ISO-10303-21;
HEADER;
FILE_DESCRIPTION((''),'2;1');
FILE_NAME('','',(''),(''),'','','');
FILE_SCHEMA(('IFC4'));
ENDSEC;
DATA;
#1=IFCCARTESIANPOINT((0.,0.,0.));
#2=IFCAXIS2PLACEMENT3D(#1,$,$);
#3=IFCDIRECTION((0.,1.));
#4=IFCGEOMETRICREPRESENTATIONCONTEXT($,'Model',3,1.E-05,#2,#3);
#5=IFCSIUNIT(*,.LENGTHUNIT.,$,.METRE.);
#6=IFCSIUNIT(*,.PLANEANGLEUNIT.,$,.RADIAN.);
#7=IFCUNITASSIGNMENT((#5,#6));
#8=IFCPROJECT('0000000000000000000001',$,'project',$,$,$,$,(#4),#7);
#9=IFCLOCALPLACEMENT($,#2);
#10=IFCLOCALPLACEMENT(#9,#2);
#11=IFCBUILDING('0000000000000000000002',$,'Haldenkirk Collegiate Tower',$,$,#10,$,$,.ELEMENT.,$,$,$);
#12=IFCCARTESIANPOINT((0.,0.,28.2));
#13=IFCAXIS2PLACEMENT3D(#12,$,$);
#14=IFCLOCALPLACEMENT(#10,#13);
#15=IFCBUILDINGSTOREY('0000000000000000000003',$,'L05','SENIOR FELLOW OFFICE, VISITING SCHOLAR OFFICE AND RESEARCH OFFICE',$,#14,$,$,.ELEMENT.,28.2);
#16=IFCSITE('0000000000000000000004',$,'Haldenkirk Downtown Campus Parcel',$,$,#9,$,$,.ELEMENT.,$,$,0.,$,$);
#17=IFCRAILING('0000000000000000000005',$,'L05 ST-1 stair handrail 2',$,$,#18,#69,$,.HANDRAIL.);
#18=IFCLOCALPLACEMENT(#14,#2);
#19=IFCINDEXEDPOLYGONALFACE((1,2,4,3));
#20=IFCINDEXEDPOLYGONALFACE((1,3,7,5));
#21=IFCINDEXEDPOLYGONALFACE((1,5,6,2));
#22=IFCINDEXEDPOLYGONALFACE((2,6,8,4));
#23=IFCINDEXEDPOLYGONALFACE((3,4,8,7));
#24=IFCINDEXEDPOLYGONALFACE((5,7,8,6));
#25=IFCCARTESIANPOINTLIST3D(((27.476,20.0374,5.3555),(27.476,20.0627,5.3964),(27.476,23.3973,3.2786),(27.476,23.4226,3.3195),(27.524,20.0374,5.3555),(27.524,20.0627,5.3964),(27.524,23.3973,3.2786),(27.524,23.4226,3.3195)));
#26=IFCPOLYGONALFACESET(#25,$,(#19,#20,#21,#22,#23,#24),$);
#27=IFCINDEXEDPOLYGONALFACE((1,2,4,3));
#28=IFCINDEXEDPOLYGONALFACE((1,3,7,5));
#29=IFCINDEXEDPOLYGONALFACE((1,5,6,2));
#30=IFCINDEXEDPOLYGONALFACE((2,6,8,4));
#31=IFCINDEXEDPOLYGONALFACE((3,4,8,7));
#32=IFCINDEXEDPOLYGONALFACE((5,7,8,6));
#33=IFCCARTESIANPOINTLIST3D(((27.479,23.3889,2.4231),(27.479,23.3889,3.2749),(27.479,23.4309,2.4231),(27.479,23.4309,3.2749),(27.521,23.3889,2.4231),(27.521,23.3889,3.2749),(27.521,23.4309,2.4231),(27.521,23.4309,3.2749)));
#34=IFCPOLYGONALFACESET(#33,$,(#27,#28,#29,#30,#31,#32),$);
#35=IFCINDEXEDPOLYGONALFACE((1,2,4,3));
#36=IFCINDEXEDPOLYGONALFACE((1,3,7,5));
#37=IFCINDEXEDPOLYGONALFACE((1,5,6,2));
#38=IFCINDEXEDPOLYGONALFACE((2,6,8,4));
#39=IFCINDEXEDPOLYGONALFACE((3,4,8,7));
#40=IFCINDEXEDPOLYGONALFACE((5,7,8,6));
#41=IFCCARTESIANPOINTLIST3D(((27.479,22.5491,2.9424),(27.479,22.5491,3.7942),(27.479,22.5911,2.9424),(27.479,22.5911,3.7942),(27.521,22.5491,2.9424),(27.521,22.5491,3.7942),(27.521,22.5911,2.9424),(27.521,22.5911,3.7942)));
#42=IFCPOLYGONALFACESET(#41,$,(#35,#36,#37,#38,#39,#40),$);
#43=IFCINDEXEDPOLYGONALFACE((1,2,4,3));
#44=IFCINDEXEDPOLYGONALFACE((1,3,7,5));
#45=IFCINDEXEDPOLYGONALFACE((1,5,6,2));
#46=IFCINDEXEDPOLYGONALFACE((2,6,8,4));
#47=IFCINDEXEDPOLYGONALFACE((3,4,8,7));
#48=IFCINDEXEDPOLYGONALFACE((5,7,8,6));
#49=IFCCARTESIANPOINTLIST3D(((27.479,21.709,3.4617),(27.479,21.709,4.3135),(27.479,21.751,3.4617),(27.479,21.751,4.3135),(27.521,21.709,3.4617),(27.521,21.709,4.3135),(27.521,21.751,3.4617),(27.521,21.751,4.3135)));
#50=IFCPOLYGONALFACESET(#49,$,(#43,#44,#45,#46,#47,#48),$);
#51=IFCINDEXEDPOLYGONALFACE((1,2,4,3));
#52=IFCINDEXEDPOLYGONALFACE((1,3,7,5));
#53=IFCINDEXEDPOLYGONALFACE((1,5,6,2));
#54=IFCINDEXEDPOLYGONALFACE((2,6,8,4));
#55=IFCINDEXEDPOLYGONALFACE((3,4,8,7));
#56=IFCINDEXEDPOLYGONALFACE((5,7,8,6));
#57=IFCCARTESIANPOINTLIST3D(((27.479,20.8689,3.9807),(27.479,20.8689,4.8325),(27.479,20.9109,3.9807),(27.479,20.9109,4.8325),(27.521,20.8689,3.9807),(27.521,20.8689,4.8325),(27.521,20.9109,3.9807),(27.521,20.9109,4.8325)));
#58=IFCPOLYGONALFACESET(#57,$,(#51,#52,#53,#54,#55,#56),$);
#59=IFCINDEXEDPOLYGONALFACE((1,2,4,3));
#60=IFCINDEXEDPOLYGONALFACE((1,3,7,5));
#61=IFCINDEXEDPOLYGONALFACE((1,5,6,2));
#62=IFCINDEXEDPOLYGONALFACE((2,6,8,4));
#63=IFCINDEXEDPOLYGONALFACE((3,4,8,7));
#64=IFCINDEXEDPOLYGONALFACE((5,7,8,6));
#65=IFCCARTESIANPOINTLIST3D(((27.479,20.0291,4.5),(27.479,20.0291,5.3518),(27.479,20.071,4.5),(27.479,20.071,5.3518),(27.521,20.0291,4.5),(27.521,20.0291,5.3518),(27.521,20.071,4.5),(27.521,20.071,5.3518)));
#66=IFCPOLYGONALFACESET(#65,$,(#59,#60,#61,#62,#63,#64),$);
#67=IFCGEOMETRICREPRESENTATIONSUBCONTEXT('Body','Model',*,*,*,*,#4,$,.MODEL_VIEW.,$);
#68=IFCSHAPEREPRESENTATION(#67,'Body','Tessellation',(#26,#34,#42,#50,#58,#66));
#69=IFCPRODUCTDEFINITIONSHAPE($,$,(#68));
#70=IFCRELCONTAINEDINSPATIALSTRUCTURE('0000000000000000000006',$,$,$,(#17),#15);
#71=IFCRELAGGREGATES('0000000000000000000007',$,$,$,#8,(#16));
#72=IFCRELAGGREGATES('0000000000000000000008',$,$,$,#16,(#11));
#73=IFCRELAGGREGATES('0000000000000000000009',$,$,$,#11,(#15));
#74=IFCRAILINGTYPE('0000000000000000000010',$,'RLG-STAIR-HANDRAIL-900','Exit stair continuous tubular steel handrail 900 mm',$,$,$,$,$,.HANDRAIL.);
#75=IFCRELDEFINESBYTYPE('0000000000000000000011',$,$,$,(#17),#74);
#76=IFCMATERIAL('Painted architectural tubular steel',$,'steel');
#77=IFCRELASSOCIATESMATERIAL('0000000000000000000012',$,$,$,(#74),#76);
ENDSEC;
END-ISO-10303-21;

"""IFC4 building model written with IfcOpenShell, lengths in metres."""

from ifc_helpers import new_model, si_unit, direction, frame, origin, origin_2d, place, context, subcontext, project, spatial, rectangle, extrude, material, type_object, element, save


model = new_model("IFC4")

# Units and contexts
model_context = context("Model", 3, precision=1e-05, world=origin(), true_north=direction((0.0, 1.0)))
body_context = subcontext(model_context, "Body", "Model", "MODEL_VIEW")
ifc_project = project(units=[si_unit("LENGTHUNIT", "METRE"), si_unit("PLANEANGLEUNIT", "RADIAN")], contexts=[model_context])

# Site, building, storey
site_placement = place(None, origin())
site = spatial("IfcSite", under=ifc_project, at=site_placement, Name="Haldenkirk Downtown Campus Parcel", CompositionType="ELEMENT", RefElevation=0.0)
building_placement = place(site_placement, origin())
building = spatial("IfcBuilding", under=site, at=building_placement, Name="Haldenkirk Collegiate Tower", CompositionType="ELEMENT")
storey_placement = place(building_placement, frame((0.0, 0.0, 28.2)))
storey = spatial("IfcBuildingStorey", under=building, at=storey_placement, Name="L05", Description="SENIOR FELLOW OFFICE, VISITING SCHOLAR OFFICE AND RESEARCH OFFICE", CompositionType="ELEMENT", Elevation=28.2)

# Railing
ifc_material_1 = material(Name="Painted architectural tubular steel", Category="steel")
railing_type_1 = type_object("IfcRailingType", Name="RLG-STAIR-HANDRAIL-900", Description="Exit stair continuous tubular steel handrail 900 mm", PredefinedType="HANDRAIL", material=ifc_material_1)
railing_1_placement = place(storey_placement, frame((27.5, 23.4099, 2.4231)))
element("IfcRailing", 1, at=railing_1_placement, inside=storey, type_object=railing_type_1, Name="L05 ST-1 stair handrail 2", PredefinedType="HANDRAIL", context=body_context, shape_type="SweptSolid", body=[
    extrude(rectangle(XDim=0.0481, YDim=0.0481, at=origin_2d()), frame((0.0, 0.0, 0.876), z_axis=(0.0, -0.850606, 0.525803), x_axis=(1.0, 0.0, 0.0)), (0.0, 0.0, 1.0), 3.95),
    extrude(rectangle(XDim=0.042, YDim=0.042, at=origin_2d()), origin(), (0.0, 0.0, 1.0), 0.8518),
    extrude(rectangle(XDim=0.042, YDim=0.042, at=origin_2d()), frame((0.0, -0.8398, 0.5193)), (0.0, 0.0, 1.0), 0.8518),
    extrude(rectangle(XDim=0.042, YDim=0.042, at=origin_2d()), frame((0.0, -1.6799, 1.0386)), (0.0, 0.0, 1.0), 0.8518),
    extrude(rectangle(XDim=0.042, YDim=0.042, at=origin_2d()), frame((0.0, -2.52, 1.5576)), (0.0, 0.0, 1.0), 0.8518),
    extrude(rectangle(XDim=0.042, YDim=0.042, at=origin_2d()), frame((0.0, -3.3599, 2.0769)), (0.0, 0.0, 1.0), 0.8518),
])

save(model, "model.ifc")
